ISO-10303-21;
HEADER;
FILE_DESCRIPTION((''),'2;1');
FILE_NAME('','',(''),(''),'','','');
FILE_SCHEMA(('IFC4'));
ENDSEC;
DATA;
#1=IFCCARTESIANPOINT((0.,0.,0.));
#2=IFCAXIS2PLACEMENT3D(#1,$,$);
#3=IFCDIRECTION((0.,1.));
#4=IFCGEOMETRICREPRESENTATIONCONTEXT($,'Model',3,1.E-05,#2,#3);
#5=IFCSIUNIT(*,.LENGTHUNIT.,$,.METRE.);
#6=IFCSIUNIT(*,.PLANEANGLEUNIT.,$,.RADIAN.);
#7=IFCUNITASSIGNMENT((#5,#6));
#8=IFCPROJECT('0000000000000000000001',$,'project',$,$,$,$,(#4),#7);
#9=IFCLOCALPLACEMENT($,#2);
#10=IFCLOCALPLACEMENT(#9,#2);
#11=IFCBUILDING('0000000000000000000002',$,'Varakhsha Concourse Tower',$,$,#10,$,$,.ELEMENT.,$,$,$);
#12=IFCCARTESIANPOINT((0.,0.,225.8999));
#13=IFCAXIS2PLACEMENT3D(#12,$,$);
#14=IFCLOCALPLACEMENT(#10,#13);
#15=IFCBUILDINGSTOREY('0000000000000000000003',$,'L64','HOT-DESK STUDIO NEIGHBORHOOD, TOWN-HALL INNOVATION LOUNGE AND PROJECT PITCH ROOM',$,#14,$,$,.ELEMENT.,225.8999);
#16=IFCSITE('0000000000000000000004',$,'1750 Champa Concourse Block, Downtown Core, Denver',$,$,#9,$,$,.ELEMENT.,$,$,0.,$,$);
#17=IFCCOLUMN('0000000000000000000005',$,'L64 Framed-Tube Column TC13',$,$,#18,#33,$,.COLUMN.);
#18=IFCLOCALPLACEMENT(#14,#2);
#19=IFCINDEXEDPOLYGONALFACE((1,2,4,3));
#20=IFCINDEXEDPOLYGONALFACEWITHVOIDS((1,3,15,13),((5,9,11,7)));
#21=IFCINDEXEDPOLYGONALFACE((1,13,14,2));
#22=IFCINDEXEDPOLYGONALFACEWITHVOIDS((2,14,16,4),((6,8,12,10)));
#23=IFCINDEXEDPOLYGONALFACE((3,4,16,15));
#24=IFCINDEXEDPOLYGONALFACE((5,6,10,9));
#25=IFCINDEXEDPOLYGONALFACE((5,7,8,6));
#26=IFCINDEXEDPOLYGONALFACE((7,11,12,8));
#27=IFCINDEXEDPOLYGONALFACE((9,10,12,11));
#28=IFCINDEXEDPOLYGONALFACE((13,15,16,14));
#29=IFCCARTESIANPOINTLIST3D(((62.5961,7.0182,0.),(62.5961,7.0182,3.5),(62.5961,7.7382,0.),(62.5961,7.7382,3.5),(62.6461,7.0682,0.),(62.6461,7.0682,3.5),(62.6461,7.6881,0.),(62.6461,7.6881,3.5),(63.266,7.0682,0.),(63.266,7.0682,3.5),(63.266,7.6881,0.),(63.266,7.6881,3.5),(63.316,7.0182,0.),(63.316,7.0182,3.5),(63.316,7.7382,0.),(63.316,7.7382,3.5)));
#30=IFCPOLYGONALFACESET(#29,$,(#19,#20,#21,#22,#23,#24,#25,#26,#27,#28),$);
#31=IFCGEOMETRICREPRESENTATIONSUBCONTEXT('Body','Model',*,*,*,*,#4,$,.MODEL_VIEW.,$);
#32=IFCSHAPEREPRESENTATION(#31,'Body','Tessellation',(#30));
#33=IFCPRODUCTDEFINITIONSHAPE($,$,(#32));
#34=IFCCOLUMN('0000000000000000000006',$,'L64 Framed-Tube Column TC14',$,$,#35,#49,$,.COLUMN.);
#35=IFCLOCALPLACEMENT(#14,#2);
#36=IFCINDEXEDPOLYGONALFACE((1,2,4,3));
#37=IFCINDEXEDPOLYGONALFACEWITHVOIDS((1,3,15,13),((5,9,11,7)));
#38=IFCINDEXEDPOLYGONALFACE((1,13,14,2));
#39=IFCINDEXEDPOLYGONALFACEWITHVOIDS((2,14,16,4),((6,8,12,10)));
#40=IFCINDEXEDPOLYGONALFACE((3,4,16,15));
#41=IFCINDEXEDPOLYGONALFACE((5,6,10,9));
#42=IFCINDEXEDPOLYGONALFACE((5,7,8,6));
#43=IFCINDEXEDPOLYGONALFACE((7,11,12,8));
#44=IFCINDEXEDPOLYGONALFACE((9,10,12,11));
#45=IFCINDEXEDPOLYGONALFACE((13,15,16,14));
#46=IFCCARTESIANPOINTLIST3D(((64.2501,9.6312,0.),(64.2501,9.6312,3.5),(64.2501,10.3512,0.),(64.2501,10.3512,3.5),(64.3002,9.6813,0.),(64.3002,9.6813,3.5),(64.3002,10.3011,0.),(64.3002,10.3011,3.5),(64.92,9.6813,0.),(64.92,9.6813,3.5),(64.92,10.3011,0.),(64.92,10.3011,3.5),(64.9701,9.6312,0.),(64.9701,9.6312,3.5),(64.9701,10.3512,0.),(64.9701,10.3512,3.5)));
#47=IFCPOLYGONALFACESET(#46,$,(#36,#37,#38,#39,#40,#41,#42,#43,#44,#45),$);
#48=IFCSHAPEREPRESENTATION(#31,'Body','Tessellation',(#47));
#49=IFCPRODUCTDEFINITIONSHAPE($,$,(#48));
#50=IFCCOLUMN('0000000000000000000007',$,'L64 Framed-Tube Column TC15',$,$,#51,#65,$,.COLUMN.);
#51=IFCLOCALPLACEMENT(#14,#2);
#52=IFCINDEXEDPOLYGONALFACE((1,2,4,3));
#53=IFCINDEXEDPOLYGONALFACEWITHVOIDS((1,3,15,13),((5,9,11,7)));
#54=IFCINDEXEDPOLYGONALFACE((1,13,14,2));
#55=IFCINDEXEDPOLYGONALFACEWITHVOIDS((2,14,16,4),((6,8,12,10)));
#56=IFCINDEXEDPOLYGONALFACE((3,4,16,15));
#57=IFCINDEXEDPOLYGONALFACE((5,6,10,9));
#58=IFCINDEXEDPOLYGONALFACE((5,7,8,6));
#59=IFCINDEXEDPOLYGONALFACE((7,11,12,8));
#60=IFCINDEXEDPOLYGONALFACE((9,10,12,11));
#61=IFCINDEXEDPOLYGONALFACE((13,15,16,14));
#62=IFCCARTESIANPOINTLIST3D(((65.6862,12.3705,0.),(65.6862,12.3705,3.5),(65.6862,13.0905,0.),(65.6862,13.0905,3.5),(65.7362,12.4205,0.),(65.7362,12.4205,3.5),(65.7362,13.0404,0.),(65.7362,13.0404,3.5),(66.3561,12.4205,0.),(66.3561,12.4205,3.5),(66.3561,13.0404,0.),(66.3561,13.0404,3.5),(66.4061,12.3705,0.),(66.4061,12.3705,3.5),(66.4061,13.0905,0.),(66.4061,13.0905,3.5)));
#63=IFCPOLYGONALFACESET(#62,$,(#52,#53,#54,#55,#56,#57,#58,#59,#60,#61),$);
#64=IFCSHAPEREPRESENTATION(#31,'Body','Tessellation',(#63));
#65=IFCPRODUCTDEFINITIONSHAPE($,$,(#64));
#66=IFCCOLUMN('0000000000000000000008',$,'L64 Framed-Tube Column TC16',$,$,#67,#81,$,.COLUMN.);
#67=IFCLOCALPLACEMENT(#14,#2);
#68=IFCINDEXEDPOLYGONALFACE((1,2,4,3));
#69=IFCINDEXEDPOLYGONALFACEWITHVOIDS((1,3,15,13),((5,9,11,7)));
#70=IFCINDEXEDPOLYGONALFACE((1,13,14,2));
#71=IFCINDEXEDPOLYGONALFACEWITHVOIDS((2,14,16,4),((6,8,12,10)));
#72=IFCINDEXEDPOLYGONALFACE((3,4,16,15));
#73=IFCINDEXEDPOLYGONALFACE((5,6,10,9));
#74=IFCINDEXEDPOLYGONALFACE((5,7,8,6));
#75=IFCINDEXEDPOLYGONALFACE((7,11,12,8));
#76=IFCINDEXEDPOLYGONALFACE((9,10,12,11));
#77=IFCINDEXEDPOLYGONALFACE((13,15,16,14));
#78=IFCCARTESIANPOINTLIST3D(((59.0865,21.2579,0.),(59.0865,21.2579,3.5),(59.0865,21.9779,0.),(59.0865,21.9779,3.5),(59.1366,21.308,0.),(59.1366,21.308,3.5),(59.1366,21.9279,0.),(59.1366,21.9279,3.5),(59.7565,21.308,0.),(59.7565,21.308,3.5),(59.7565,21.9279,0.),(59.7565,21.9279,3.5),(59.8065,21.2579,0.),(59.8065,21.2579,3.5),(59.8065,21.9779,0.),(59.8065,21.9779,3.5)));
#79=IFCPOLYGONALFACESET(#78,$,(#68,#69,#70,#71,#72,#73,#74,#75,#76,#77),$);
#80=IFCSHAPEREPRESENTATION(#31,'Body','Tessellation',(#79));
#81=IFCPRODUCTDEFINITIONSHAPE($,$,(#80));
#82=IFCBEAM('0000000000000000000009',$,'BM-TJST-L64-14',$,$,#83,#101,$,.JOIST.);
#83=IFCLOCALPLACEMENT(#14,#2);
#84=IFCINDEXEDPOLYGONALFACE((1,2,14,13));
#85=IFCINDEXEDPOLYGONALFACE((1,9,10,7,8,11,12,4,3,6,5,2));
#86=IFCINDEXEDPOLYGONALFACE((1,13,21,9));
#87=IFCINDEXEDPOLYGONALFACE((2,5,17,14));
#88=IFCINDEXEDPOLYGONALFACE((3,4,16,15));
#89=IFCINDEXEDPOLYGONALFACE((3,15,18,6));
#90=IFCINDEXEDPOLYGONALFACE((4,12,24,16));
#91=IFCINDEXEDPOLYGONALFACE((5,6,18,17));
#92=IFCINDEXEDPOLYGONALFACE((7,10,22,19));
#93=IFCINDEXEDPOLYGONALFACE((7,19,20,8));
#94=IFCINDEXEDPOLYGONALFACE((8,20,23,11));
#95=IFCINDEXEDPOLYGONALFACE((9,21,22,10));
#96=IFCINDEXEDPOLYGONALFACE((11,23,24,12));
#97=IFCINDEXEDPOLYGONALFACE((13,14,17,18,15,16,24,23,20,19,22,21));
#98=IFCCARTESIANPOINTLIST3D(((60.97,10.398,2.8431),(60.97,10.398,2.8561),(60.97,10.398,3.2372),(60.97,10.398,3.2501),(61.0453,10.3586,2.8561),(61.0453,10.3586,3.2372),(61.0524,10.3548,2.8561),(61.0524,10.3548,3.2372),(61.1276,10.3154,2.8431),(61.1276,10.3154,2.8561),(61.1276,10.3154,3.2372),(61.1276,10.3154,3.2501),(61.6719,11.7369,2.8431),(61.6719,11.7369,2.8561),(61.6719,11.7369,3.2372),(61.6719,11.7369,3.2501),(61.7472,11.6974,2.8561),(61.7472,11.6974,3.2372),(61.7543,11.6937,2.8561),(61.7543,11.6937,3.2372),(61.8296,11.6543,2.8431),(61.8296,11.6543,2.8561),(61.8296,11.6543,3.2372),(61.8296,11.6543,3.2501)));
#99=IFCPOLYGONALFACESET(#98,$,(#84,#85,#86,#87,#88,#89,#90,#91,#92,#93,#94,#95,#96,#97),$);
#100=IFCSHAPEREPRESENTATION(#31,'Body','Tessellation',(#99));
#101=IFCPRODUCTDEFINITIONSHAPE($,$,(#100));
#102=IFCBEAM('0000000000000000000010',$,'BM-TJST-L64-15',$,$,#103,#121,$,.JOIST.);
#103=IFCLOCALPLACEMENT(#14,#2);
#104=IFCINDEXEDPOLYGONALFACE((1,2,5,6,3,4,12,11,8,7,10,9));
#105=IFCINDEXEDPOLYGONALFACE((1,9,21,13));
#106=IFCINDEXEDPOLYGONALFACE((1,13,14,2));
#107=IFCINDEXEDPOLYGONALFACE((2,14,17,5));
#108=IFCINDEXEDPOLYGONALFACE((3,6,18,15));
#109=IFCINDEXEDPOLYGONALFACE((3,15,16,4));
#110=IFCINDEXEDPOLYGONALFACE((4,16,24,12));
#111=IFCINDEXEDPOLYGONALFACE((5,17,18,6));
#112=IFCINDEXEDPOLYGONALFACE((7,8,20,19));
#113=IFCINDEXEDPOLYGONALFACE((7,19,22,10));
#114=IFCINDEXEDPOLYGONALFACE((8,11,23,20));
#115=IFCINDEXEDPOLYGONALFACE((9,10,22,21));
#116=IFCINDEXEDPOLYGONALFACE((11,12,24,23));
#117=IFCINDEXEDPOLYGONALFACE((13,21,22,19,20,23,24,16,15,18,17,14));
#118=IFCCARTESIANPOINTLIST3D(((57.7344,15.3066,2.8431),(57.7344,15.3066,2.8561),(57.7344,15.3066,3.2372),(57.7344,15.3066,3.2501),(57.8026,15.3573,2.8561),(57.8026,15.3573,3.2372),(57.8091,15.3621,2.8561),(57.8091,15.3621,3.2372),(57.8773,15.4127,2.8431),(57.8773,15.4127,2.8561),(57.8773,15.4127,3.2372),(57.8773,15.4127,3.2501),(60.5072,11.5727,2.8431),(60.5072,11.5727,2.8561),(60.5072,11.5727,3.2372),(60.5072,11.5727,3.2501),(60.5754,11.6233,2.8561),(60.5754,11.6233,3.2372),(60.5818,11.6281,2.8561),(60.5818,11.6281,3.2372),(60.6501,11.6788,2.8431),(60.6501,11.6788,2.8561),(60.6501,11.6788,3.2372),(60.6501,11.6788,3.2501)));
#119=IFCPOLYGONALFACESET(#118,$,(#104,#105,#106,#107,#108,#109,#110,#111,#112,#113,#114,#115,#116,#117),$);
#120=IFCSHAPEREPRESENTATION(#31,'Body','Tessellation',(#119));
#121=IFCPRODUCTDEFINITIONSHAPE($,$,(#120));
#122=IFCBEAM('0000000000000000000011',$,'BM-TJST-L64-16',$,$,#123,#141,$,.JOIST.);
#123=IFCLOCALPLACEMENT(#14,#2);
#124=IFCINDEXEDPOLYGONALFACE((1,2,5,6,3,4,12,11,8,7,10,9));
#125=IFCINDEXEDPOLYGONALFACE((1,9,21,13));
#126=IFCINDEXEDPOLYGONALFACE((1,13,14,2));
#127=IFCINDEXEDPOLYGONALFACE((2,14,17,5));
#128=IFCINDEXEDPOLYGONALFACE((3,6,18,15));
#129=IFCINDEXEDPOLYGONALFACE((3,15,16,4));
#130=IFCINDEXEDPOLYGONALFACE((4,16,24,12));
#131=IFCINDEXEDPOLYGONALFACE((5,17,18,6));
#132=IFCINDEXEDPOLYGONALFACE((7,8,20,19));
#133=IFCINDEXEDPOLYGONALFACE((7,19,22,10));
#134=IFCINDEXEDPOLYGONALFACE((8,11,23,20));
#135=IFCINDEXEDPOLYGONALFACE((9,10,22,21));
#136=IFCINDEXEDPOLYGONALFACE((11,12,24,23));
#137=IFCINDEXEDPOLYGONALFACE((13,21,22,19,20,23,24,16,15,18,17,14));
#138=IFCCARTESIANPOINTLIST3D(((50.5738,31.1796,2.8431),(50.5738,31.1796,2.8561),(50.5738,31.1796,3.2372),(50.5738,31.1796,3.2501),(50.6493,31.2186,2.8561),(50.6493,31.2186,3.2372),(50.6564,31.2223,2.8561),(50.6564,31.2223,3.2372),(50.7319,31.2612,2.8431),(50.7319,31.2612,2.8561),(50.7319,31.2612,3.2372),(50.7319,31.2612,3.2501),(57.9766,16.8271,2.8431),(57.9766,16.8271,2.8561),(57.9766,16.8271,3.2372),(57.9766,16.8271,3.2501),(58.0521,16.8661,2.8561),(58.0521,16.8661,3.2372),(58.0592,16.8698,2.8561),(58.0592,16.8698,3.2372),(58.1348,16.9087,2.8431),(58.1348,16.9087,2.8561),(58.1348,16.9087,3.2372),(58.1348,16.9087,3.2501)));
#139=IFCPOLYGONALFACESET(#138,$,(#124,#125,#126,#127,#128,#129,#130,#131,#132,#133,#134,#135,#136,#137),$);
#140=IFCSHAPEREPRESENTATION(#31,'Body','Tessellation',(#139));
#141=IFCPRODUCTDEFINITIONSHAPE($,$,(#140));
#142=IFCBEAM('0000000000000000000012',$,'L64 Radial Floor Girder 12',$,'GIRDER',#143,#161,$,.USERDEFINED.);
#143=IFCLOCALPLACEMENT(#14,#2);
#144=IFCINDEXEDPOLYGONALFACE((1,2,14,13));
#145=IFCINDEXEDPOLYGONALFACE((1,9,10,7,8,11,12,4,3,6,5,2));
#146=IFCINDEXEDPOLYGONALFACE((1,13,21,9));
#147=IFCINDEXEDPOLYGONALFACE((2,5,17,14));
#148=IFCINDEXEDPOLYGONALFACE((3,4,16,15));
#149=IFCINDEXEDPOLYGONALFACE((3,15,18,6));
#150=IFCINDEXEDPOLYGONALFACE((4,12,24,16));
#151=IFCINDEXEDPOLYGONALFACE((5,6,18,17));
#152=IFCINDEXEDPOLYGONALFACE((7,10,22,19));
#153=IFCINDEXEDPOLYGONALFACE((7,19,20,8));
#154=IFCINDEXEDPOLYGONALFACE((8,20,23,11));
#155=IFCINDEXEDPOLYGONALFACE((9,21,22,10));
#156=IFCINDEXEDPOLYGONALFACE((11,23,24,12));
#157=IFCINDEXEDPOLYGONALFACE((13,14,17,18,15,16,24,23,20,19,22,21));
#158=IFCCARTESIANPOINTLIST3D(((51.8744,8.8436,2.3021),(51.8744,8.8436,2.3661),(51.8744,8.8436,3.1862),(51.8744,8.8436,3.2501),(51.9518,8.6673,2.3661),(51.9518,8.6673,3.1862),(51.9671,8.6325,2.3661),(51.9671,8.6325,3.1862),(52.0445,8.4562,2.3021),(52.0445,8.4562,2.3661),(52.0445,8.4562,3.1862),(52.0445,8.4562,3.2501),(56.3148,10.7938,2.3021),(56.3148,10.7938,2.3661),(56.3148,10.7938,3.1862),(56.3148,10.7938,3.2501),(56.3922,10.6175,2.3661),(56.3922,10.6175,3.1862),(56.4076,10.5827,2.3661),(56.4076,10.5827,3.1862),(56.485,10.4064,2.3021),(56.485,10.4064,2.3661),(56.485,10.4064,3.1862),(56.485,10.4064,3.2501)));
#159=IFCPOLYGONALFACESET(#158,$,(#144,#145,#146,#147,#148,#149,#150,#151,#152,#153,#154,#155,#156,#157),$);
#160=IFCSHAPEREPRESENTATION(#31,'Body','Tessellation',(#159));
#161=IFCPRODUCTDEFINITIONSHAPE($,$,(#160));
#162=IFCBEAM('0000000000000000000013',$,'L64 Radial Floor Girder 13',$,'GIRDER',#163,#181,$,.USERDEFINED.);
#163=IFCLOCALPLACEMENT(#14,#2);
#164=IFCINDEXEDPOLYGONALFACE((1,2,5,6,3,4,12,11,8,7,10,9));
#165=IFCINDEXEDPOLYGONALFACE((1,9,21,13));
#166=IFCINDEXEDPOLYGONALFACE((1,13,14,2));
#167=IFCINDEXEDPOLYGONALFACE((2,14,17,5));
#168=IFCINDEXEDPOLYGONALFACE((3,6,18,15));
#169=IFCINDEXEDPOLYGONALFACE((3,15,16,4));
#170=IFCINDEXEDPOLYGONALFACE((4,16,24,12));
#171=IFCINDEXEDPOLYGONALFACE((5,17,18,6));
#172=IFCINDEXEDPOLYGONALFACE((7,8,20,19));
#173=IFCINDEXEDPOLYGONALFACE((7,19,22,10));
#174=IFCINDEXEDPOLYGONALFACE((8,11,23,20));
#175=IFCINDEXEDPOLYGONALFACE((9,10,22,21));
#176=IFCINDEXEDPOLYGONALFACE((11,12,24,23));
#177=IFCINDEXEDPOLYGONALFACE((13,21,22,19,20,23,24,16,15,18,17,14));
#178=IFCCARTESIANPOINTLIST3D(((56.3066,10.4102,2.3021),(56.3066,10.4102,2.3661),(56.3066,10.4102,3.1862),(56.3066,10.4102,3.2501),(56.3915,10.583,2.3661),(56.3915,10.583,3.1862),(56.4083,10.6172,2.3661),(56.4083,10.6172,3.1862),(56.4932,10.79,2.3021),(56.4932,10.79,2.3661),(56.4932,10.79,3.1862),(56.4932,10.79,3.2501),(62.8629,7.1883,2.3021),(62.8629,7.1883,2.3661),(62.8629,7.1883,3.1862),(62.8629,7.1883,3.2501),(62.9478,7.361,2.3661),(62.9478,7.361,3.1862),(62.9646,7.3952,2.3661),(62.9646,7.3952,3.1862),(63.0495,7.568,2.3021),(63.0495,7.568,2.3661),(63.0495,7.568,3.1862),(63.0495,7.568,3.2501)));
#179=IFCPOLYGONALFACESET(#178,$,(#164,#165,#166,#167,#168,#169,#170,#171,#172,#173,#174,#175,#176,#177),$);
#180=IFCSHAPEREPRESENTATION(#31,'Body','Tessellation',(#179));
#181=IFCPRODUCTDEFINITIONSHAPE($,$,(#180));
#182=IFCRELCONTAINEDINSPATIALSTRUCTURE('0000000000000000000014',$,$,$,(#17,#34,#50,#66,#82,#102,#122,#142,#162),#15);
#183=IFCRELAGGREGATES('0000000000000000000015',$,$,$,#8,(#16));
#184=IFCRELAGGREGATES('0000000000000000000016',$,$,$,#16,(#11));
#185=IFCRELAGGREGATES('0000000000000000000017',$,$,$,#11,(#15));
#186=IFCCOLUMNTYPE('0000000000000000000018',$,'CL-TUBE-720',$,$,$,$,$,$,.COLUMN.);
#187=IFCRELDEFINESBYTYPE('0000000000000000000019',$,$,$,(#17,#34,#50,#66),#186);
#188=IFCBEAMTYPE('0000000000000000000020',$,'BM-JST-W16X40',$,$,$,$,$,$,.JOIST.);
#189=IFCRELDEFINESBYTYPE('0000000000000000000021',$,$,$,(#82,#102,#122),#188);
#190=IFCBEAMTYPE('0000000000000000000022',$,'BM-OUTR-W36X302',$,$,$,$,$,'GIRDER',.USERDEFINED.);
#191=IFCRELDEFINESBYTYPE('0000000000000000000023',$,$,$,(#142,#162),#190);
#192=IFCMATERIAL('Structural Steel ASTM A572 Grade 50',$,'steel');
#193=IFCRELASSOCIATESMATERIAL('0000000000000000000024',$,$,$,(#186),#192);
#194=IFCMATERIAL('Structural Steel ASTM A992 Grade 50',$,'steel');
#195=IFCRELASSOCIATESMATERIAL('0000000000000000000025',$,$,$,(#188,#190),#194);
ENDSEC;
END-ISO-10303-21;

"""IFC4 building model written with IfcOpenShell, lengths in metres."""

from ifc_helpers import new_model, si_unit, direction, frame, origin, origin_2d, place, context, subcontext, project, spatial, hollow_rectangle, i_section, extrude, material, material_profile, profile_set, type_object, element, save


model = new_model("IFC4")

# Units and contexts
model_context = context("Model", 3, precision=1e-05, world=origin(), true_north=direction((0.0, 1.0)))
body_context = subcontext(model_context, "Body", "Model", "MODEL_VIEW")
ifc_project = project(units=[si_unit("LENGTHUNIT", "METRE"), si_unit("PLANEANGLEUNIT", "RADIAN")], contexts=[model_context])

# Site, building, storey
site_placement = place(None, origin())
site = spatial("IfcSite", under=ifc_project, at=site_placement, Name="1750 Champa Concourse Block, Downtown Core, Denver", CompositionType="ELEMENT", RefElevation=0.0)
building_placement = place(site_placement, origin())
building = spatial("IfcBuilding", under=site, at=building_placement, Name="Varakhsha Concourse Tower", CompositionType="ELEMENT")
storey_placement = place(building_placement, frame((0.0, 0.0, 225.8999)))
storey = spatial("IfcBuildingStorey", under=building, at=storey_placement, Name="L64", Description="HOT-DESK STUDIO NEIGHBORHOOD, TOWN-HALL INNOVATION LOUNGE AND PROJECT PITCH ROOM", CompositionType="ELEMENT", Elevation=225.8999)

# Columns
ifc_material_1 = material(Name="Structural Steel ASTM A572 Grade 50", Category="steel")
ifc_material_profile_1 = material_profile(ifc_material_1, hollow_rectangle(XDim=0.72, YDim=0.72, WallThickness=0.05, at=origin_2d()), Name="BOX 720x720x50")
ifc_profile_set_1 = profile_set([ifc_material_profile_1], Name="Structural Steel ASTM A572 Grade 50")
column_type = type_object("IfcColumnType", Name="CL-TUBE-720", PredefinedType="COLUMN", material=ifc_profile_set_1)
for number, where, z_axis, x_axis, name in (
    (1, (62.9561, 7.3782, 0.0), (0.0, 0.0, 1.0), (1.0, 0.0, 0.0), "L64 Framed-Tube Column TC13"),
    (2, (64.6101, 9.9912, 0.0), (0.0, 0.0, 1.0), (1.0, 0.0, 0.0), "L64 Framed-Tube Column TC14"),
    (3, (66.0461, 12.7305, 0.0), (0.0, 0.0, 1.0), (1.0, 0.0, 0.0), "L64 Framed-Tube Column TC15"),
    (4, (59.4465, 21.6179, 0.0), (0.0, 0.0, 1.0), (1.0, 0.0, 0.0), "L64 Framed-Tube Column TC16"),
):
    element("IfcColumn", number, at=place(storey_placement, frame(where, z_axis=z_axis, x_axis=x_axis)), inside=storey, type_object=column_type, Name=name, PredefinedType="COLUMN", context=body_context, shape_type="SweptSolid", body=[
        extrude(hollow_rectangle(XDim=0.72, YDim=0.72, WallThickness=0.05, at=origin_2d()), origin(), (0.0, 0.0, 1.0), 3.5),
    ])

# Beams
ifc_material_2 = material(Name="Structural Steel ASTM A992 Grade 50", Category="steel")
ifc_material_profile_2 = material_profile(ifc_material_2, i_section(OverallWidth=0.178, OverallDepth=0.407, WebThickness=0.0081, FlangeThickness=0.0129, at=origin_2d()), Name="W16X40")
ifc_profile_set_2 = profile_set([ifc_material_profile_2], Name="Structural Steel ASTM A992 Grade 50")
beam_type_1 = type_object("IfcBeamType", Name="BM-JST-W16X40", PredefinedType="JOIST", material=ifc_profile_set_2)
beam_1_placement = place(storey_placement, frame((61.0488, 10.3567, 3.0466), z_axis=(0.464315, 0.88567, 0.0), x_axis=(-0.88567, 0.464315, 0.0)))
element("IfcBeam", 5, at=beam_1_placement, inside=storey, type_object=beam_type_1, Name="BM-TJST-L64-14", PredefinedType="JOIST", context=body_context, shape_type="SweptSolid", body=[
    extrude(i_section(OverallWidth=0.178, OverallDepth=0.407, WebThickness=0.0081, FlangeThickness=0.0129, at=origin_2d()), origin(), (0.0, 0.0, 1.0), 1.5117),
])
beam_2_placement = place(storey_placement, frame((60.5786, 11.6257, 3.0466), z_axis=(-0.59618, 0.802851, 0.0), x_axis=(-0.802851, -0.59618, 0.0)))
element("IfcBeam", 6, at=beam_2_placement, inside=storey, type_object=beam_type_1, Name="BM-TJST-L64-15", PredefinedType="JOIST", context=body_context, shape_type="SweptSolid", body=[
    extrude(i_section(OverallWidth=0.178, OverallDepth=0.407, WebThickness=0.0081, FlangeThickness=0.0129, at=origin_2d()), origin(), (0.0, 0.0, 1.0), 4.6509),
])
beam_3_placement = place(storey_placement, frame((58.0557, 16.8679, 3.0466), z_axis=(-0.458402, 0.888745, 0.0), x_axis=(-0.888745, -0.458402, 0.0)))
element("IfcBeam", 7, at=beam_3_placement, inside=storey, type_object=beam_type_1, Name="BM-TJST-L64-16", PredefinedType="JOIST", context=body_context, shape_type="SweptSolid", body=[
    extrude(i_section(OverallWidth=0.178, OverallDepth=0.407, WebThickness=0.0081, FlangeThickness=0.0129, at=origin_2d()), origin(), (0.0, 0.0, 1.0), 16.1492),
])
ifc_material_profile_3 = material_profile(ifc_material_2, i_section(OverallWidth=0.4231, OverallDepth=0.948, WebThickness=0.0381, FlangeThickness=0.064, at=origin_2d()), Name="W36X302")
ifc_profile_set_3 = profile_set([ifc_material_profile_3], Name="Structural Steel ASTM A992 Grade 50")
beam_type_2 = type_object("IfcBeamType", Name="BM-OUTR-W36X302", ElementType="GIRDER", PredefinedType="USERDEFINED", material=ifc_profile_set_3)
beam_4_placement = place(storey_placement, frame((56.3999, 10.6001, 2.7761), z_axis=(-0.915588, -0.402118, 0.0), x_axis=(0.402118, -0.915588, 0.0)))
element("IfcBeam", 8, at=beam_4_placement, inside=storey, type_object=beam_type_2, Name="L64 Radial Floor Girder 12", ObjectType="GIRDER", PredefinedType="USERDEFINED", context=body_context, shape_type="SweptSolid", body=[
    extrude(i_section(OverallWidth=0.4231, OverallDepth=0.948, WebThickness=0.0381, FlangeThickness=0.064, at=origin_2d()), origin(), (0.0, 0.0, 1.0), 4.8499),
])
beam_5_placement = place(storey_placement, frame((56.3999, 10.6001, 2.7761), z_axis=(0.897481, -0.441054, 0.0), x_axis=(0.441054, 0.897481, 0.0)))
element("IfcBeam", 9, at=beam_5_placement, inside=storey, type_object=beam_type_2, Name="L64 Radial Floor Girder 13", ObjectType="GIRDER", PredefinedType="USERDEFINED", context=body_context, shape_type="SweptSolid", body=[
    extrude(i_section(OverallWidth=0.4231, OverallDepth=0.948, WebThickness=0.0381, FlangeThickness=0.064, at=origin_2d()), origin(), (0.0, 0.0, 1.0), 7.3052),
])

save(model, "model.ifc")
